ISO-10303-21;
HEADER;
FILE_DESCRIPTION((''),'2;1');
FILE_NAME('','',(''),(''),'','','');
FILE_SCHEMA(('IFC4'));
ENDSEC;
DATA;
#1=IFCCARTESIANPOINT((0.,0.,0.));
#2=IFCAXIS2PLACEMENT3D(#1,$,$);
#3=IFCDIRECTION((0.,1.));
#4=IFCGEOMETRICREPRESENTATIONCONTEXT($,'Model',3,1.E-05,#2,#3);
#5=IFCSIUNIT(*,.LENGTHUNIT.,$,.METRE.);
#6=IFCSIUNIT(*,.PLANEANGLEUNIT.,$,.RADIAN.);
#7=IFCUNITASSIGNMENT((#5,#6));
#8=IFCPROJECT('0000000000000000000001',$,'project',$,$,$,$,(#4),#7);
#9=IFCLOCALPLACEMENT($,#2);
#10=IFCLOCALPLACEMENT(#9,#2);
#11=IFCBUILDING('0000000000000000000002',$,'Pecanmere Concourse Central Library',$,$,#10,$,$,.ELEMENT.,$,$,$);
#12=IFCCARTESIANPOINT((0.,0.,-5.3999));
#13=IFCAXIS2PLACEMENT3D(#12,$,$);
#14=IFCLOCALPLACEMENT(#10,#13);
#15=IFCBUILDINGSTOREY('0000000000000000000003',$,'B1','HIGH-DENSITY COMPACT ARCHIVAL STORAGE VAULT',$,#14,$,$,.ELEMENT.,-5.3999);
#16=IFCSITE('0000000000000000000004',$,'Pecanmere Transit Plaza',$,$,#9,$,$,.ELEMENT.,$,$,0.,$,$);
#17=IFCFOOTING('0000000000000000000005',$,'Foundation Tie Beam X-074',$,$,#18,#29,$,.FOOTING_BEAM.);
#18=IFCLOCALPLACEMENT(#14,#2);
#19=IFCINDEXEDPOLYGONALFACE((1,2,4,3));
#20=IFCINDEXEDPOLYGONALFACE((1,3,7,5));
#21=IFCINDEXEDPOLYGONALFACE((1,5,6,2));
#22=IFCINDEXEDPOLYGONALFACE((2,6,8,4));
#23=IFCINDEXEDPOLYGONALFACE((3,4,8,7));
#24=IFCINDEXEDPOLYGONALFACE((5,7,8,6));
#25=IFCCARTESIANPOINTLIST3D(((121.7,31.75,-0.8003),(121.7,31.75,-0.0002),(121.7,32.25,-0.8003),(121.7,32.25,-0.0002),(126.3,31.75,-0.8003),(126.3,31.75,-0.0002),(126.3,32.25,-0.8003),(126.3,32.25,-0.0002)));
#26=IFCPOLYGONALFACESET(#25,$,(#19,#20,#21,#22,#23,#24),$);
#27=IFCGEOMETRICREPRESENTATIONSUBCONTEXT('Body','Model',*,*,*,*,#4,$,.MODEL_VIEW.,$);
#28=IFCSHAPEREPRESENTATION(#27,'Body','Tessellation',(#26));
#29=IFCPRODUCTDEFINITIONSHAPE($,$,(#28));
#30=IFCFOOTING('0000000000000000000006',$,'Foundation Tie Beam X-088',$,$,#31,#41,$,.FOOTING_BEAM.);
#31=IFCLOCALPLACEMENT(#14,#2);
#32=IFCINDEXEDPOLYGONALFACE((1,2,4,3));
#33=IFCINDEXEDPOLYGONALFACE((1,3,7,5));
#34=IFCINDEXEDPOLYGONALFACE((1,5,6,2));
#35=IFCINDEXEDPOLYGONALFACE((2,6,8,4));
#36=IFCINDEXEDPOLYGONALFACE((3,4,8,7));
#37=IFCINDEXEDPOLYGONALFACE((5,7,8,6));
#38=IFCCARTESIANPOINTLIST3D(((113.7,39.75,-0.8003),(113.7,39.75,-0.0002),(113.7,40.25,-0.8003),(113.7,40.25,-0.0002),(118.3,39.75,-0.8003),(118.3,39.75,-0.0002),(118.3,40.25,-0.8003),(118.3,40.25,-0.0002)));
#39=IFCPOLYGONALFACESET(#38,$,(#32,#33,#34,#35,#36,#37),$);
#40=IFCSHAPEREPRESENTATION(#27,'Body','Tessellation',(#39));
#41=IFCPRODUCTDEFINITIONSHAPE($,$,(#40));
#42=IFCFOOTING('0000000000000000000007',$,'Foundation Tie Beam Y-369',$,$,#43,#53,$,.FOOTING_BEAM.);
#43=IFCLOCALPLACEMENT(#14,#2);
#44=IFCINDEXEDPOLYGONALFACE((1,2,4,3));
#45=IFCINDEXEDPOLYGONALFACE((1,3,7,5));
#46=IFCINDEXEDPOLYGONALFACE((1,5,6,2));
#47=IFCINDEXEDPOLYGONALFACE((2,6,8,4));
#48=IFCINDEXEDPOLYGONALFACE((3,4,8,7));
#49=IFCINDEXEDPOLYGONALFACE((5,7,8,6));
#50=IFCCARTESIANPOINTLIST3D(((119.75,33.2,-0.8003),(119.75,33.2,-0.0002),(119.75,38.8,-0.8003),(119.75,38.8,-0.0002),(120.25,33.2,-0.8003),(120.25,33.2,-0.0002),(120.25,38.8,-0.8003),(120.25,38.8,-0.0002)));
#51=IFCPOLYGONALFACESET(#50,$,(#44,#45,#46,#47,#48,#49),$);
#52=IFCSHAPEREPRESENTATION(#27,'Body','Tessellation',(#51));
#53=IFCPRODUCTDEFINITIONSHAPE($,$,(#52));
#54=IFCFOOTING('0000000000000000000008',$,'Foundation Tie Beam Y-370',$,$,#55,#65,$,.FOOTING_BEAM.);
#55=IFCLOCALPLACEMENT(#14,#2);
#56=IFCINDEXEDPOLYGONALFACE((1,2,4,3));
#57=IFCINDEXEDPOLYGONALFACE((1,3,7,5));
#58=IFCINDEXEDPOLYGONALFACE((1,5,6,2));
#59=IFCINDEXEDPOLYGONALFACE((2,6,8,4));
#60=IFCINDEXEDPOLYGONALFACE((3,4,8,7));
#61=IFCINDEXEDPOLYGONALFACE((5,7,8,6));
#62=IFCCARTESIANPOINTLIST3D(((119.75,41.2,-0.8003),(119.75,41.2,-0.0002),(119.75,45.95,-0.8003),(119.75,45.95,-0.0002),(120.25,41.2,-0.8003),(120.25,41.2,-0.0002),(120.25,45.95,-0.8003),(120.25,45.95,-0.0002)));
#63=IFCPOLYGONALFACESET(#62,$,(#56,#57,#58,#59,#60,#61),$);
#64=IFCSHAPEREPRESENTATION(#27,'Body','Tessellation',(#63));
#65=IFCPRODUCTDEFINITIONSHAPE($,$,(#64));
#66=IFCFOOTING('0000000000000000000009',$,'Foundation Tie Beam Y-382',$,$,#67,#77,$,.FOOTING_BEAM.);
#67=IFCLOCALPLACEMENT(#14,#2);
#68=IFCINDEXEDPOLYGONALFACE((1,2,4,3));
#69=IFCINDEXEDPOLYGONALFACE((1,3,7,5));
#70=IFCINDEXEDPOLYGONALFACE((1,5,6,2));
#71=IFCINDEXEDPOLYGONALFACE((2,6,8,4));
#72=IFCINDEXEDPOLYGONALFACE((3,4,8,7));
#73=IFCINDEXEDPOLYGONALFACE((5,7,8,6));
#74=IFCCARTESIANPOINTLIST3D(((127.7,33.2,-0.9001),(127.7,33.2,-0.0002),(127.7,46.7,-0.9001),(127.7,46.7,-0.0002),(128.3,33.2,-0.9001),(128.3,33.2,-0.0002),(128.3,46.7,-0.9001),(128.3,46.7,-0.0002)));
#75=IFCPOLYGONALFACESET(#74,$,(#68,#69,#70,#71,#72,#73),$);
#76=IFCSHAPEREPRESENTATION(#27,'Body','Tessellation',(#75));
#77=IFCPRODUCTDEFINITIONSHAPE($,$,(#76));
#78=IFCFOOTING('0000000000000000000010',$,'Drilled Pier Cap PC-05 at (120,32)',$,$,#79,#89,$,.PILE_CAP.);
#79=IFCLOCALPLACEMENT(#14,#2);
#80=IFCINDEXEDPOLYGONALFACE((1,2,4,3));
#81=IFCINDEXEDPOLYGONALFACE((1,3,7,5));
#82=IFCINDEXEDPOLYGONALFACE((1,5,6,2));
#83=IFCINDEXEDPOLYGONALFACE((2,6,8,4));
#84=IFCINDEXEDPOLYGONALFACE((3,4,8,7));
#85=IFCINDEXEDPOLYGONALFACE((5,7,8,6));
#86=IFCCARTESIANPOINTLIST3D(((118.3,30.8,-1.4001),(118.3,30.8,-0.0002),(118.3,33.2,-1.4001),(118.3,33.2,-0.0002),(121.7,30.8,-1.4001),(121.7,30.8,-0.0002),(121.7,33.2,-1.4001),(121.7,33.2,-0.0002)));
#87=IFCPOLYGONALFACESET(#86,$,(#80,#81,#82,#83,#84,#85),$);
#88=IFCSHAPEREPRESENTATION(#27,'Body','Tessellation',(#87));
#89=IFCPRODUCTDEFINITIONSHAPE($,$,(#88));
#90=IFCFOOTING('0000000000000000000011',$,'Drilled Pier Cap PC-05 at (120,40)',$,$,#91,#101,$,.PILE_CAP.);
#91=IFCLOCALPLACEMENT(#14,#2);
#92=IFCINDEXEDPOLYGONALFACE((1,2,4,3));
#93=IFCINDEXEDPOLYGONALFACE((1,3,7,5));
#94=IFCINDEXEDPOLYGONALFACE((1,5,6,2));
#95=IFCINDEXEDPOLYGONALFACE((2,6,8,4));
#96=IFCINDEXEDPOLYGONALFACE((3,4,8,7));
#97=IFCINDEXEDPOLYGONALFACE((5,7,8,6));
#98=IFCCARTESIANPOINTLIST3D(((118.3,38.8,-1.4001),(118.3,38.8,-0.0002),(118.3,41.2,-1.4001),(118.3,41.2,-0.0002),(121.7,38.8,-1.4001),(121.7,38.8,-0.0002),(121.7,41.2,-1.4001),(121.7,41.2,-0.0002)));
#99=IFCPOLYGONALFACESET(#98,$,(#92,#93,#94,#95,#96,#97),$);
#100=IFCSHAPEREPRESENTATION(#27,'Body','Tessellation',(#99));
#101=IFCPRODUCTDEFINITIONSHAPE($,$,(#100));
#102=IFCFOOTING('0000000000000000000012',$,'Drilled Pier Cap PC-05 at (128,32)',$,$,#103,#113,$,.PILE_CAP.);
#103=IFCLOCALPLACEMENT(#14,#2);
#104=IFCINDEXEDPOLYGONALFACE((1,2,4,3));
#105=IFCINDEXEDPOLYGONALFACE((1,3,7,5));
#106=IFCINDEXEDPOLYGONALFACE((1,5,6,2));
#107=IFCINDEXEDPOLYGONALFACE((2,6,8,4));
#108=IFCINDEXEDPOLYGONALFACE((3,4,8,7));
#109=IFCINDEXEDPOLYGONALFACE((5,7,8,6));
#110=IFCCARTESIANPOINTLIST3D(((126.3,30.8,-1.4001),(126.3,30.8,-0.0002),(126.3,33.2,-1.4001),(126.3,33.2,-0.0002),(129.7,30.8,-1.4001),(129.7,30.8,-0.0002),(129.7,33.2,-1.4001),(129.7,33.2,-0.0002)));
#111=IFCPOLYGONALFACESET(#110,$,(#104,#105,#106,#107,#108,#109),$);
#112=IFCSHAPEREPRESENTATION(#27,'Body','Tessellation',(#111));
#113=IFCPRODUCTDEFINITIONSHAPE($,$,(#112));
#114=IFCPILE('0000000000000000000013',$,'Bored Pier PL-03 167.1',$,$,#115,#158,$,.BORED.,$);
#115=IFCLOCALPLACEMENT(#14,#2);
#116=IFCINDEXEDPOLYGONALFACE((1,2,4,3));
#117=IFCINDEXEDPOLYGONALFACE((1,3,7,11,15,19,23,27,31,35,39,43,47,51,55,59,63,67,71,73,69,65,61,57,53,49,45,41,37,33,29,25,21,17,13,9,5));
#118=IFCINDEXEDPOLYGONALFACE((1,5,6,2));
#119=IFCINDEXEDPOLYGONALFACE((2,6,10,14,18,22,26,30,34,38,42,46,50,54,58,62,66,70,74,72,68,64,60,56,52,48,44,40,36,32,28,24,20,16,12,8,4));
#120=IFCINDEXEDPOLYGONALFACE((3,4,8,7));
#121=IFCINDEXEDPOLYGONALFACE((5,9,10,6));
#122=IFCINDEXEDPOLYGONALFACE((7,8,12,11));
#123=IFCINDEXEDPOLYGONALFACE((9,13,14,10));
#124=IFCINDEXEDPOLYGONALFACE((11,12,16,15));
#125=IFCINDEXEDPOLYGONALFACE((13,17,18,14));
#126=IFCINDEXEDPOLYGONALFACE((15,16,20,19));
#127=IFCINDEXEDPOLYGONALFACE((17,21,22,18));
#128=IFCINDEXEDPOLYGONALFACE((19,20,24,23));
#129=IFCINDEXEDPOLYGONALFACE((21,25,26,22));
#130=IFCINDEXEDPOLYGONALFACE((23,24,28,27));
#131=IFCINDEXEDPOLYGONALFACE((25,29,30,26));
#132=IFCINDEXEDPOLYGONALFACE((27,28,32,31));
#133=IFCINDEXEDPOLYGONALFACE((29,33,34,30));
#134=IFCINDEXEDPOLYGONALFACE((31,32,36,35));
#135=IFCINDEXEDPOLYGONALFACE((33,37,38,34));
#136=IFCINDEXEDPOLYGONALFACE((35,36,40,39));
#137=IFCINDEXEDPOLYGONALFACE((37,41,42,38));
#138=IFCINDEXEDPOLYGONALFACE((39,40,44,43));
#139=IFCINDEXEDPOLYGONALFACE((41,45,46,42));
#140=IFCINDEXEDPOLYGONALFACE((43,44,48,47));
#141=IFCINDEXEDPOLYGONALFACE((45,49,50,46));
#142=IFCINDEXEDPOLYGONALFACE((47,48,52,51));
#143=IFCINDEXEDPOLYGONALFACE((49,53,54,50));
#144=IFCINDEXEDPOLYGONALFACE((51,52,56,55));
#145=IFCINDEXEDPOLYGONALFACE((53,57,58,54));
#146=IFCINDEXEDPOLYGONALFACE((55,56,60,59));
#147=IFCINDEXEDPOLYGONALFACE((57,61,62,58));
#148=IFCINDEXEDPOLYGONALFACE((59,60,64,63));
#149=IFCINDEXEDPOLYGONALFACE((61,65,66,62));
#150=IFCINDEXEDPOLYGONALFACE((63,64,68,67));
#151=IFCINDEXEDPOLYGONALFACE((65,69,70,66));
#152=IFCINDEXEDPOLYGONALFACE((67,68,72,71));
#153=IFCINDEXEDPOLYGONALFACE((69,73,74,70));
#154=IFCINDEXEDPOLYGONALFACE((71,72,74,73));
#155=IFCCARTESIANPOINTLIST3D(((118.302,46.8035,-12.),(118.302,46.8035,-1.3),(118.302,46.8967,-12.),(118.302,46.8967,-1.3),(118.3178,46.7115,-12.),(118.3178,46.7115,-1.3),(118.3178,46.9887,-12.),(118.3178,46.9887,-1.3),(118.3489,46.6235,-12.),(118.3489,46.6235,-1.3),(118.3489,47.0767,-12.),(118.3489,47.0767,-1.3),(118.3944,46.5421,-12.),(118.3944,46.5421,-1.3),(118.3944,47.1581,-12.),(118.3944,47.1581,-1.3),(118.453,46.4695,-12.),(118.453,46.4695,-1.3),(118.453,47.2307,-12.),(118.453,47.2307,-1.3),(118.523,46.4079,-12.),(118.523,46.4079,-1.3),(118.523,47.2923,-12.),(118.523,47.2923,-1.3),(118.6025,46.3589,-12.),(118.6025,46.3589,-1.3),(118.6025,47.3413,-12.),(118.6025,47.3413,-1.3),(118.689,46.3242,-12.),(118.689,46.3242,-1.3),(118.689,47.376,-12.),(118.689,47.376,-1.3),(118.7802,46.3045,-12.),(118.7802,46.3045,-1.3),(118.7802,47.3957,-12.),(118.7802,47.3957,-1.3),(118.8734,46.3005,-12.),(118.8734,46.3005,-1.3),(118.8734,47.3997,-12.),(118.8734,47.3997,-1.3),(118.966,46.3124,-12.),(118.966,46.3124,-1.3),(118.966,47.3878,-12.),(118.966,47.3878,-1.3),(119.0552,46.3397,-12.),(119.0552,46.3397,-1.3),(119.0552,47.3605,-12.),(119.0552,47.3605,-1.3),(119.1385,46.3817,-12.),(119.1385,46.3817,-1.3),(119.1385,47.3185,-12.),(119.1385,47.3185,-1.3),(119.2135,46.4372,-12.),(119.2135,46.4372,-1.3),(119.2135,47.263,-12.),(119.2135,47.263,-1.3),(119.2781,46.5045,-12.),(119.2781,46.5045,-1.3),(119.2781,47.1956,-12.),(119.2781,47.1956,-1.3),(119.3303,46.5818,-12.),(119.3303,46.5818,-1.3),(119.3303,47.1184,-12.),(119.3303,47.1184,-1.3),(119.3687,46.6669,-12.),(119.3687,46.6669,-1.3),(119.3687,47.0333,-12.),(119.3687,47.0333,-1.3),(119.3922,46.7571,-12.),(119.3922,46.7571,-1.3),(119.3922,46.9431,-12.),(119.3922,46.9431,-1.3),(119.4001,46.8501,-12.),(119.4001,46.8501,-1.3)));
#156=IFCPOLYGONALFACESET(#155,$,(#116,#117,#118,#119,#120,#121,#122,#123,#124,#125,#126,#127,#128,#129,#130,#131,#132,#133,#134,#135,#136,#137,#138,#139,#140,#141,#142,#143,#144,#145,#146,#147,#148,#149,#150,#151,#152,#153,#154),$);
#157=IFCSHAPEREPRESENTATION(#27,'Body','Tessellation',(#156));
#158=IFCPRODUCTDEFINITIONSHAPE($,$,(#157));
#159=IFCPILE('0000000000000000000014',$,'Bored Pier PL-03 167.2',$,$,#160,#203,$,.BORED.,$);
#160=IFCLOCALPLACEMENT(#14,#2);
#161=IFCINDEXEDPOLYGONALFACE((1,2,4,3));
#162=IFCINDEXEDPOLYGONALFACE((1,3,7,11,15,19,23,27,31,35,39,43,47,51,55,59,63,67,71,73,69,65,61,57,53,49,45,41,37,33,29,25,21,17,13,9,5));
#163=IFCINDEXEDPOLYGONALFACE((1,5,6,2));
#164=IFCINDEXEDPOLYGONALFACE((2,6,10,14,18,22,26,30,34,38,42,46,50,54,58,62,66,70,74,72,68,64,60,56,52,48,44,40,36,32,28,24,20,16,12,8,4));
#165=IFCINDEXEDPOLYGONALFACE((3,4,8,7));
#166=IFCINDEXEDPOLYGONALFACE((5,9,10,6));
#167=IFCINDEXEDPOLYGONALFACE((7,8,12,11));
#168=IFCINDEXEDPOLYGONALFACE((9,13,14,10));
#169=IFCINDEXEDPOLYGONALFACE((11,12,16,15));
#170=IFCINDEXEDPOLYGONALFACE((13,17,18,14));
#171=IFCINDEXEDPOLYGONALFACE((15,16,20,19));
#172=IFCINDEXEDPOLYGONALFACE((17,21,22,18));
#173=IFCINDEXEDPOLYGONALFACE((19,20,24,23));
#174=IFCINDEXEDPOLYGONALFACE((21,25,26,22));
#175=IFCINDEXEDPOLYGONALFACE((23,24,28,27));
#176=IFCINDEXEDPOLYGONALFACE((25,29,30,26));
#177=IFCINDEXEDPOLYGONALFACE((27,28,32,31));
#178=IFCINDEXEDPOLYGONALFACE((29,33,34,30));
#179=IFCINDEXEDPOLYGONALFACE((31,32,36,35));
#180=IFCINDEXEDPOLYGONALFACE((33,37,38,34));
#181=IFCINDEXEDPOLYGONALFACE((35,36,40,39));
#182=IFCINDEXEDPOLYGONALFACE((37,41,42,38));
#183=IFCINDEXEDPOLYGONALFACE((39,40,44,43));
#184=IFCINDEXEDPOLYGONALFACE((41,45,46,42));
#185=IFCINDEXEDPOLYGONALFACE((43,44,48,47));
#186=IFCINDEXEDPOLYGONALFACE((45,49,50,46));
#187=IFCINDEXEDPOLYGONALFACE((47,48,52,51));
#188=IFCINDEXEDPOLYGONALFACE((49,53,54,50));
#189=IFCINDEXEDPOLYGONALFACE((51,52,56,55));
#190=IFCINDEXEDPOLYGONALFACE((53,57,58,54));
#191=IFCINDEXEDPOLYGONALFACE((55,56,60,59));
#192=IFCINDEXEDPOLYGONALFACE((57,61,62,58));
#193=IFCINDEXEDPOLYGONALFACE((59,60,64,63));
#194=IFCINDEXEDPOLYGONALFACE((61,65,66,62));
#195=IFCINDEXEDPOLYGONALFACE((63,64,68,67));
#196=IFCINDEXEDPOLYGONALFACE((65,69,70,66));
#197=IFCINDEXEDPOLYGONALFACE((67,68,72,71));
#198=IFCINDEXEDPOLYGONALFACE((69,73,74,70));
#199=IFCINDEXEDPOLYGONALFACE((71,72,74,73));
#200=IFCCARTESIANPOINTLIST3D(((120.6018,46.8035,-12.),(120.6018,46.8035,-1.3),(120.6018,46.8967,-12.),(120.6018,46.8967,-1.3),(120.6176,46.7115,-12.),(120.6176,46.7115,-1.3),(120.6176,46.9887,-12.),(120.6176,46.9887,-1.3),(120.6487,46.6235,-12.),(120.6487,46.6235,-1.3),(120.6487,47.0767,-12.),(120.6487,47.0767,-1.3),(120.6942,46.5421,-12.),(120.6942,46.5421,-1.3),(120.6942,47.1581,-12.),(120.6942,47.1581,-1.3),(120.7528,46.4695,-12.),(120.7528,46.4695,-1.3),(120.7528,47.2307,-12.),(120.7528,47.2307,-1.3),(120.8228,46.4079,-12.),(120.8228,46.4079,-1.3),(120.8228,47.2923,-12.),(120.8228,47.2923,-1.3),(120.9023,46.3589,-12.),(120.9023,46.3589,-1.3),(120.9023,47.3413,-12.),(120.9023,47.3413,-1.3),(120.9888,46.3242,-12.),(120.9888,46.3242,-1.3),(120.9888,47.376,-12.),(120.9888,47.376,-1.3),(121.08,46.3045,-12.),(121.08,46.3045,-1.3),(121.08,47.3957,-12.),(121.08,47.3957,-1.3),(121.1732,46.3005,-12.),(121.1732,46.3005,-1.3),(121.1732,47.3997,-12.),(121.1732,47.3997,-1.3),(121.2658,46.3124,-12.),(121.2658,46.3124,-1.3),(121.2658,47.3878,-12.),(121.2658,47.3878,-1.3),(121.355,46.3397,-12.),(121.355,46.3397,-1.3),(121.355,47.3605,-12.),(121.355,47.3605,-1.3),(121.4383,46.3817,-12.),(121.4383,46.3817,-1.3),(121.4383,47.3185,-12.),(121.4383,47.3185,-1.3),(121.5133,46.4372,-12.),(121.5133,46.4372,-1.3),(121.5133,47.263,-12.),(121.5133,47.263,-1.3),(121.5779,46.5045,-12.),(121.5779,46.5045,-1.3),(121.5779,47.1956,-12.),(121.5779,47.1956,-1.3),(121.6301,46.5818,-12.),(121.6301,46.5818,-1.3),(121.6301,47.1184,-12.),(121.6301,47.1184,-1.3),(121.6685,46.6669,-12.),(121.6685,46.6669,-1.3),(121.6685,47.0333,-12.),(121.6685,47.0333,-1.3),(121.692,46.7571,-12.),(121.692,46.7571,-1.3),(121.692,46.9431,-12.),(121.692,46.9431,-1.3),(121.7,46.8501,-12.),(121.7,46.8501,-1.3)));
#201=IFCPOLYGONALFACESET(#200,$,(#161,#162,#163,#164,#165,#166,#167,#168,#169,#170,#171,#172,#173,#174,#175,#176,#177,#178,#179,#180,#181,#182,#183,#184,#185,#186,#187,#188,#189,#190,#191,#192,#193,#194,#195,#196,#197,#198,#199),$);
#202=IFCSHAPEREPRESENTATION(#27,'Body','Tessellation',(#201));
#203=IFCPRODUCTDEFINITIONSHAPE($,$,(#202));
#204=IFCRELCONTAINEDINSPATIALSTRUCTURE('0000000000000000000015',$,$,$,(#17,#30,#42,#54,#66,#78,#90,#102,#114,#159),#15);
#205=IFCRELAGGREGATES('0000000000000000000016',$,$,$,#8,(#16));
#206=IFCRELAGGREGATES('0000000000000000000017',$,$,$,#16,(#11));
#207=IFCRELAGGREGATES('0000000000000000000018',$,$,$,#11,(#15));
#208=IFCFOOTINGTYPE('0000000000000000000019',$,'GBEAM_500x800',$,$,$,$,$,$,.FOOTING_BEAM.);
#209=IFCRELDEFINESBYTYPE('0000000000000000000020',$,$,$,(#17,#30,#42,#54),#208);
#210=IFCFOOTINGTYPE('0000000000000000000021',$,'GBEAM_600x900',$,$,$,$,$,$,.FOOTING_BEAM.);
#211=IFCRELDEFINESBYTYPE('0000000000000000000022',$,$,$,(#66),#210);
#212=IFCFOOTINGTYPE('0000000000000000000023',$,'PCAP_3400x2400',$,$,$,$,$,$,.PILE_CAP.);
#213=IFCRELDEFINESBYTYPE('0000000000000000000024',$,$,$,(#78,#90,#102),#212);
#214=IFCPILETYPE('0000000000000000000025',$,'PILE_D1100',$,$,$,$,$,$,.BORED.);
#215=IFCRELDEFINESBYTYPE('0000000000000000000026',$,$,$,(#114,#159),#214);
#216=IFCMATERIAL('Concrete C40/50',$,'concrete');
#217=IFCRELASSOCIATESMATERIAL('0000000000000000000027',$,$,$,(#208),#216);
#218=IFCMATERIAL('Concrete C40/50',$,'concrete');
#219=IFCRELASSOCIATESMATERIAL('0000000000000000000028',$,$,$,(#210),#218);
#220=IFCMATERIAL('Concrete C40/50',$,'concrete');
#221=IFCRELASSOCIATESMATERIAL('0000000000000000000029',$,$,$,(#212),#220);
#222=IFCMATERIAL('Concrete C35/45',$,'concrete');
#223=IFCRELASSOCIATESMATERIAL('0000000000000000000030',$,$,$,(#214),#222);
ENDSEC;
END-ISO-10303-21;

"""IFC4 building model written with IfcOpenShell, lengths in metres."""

from ifc_helpers import new_model, si_unit, direction, frame, origin, origin_2d, place, context, subcontext, project, spatial, rectangle, circle, extrude, material, material_profile, profile_set, type_object, element, save


model = new_model("IFC4")

# Units and contexts
model_context = context("Model", 3, precision=1e-05, world=origin(), true_north=direction((0.0, 1.0)))
body_context = subcontext(model_context, "Body", "Model", "MODEL_VIEW")
ifc_project = project(units=[si_unit("LENGTHUNIT", "METRE"), si_unit("PLANEANGLEUNIT", "RADIAN")], contexts=[model_context])

# Site, building, storey
site_placement = place(None, origin())
site = spatial("IfcSite", under=ifc_project, at=site_placement, Name="Pecanmere Transit Plaza", CompositionType="ELEMENT", RefElevation=0.0)
building_placement = place(site_placement, origin())
building = spatial("IfcBuilding", under=site, at=building_placement, Name="Pecanmere Concourse Central Library", CompositionType="ELEMENT")
storey_placement = place(building_placement, frame((0.0, 0.0, -5.3999)))
storey = spatial("IfcBuildingStorey", under=building, at=storey_placement, Name="B1", Description="HIGH-DENSITY COMPACT ARCHIVAL STORAGE VAULT", CompositionType="ELEMENT", Elevation=-5.3999)

# Footings
ifc_material_1 = material(Name="Concrete C40/50", Category="concrete")
ifc_material_profile_1 = material_profile(ifc_material_1, rectangle(XDim=0.5, YDim=0.8, at=origin_2d()), Name="RC 500x800")
ifc_profile_set_1 = profile_set([ifc_material_profile_1], Name="Concrete C40/50")
footing_type_1 = type_object("IfcFootingType", Name="GBEAM_500x800", PredefinedType="FOOTING_BEAM", material=ifc_profile_set_1)
for number, where, z_axis, x_axis, name in (
    (1, (124.0, 32.0, -0.8003), (0.0, 0.0, 1.0), (1.0, 0.0, 0.0), "Foundation Tie Beam X-074"),
    (2, (116.0, 40.0, -0.8003), (0.0, 0.0, 1.0), (1.0, 0.0, 0.0), "Foundation Tie Beam X-088"),
):
    element("IfcFooting", number, at=place(storey_placement, frame(where, z_axis=z_axis, x_axis=x_axis)), inside=storey, type_object=footing_type_1, Name=name, PredefinedType="FOOTING_BEAM", context=body_context, shape_type="SweptSolid", body=[
        extrude(rectangle(XDim=4.6001, YDim=0.5, at=origin_2d()), origin(), (0.0, 0.0, 1.0), 0.8),
    ])
footing_1_placement = place(storey_placement, frame((120.0, 36.0, -0.8003), z_axis=(0.0, 0.0, 1.0), x_axis=(0.0, 1.0, 0.0)))
element("IfcFooting", 3, at=footing_1_placement, inside=storey, type_object=footing_type_1, Name="Foundation Tie Beam Y-369", PredefinedType="FOOTING_BEAM", context=body_context, shape_type="SweptSolid", body=[
    extrude(rectangle(XDim=5.6001, YDim=0.5, at=origin_2d()), origin(), (0.0, 0.0, 1.0), 0.8),
])
footing_2_placement = place(storey_placement, frame((120.0, 43.575, -0.8003), z_axis=(0.0, 0.0, 1.0), x_axis=(0.0, 1.0, 0.0)))
element("IfcFooting", 4, at=footing_2_placement, inside=storey, type_object=footing_type_1, Name="Foundation Tie Beam Y-370", PredefinedType="FOOTING_BEAM", context=body_context, shape_type="SweptSolid", body=[
    extrude(rectangle(XDim=4.75, YDim=0.5, at=origin_2d()), origin(), (0.0, 0.0, 1.0), 0.8),
])
ifc_material_2 = material(Name="Concrete C40/50", Category="concrete")
ifc_material_profile_2 = material_profile(ifc_material_2, rectangle(XDim=0.6001, YDim=0.8999, at=origin_2d()), Name="RC 600x900")
ifc_profile_set_2 = profile_set([ifc_material_profile_2], Name="Concrete C40/50")
footing_type_2 = type_object("IfcFootingType", Name="GBEAM_600x900", PredefinedType="FOOTING_BEAM", material=ifc_profile_set_2)
footing_3_placement = place(storey_placement, frame((128.0, 39.95, -0.9001), z_axis=(0.0, 0.0, 1.0), x_axis=(0.0, 1.0, 0.0)))
element("IfcFooting", 5, at=footing_3_placement, inside=storey, type_object=footing_type_2, Name="Foundation Tie Beam Y-382", PredefinedType="FOOTING_BEAM", context=body_context, shape_type="SweptSolid", body=[
    extrude(rectangle(XDim=13.5, YDim=0.6001, at=origin_2d()), origin(), (0.0, 0.0, 1.0), 0.8999),
])
ifc_material_3 = material(Name="Concrete C40/50", Category="concrete")
footing_type_3 = type_object("IfcFootingType", Name="PCAP_3400x2400", PredefinedType="PILE_CAP", material=ifc_material_3)
for number, where, z_axis, x_axis, name in (
    (6, (120.0, 32.0, -1.4001), (0.0, 0.0, 1.0), (1.0, 0.0, 0.0), "Drilled Pier Cap PC-05 at (120,32)"),
    (7, (120.0, 40.0, -1.4001), (0.0, 0.0, 1.0), (1.0, 0.0, 0.0), "Drilled Pier Cap PC-05 at (120,40)"),
    (8, (128.0, 32.0, -1.4001), (0.0, 0.0, 1.0), (1.0, 0.0, 0.0), "Drilled Pier Cap PC-05 at (128,32)"),
):
    element("IfcFooting", number, at=place(storey_placement, frame(where, z_axis=z_axis, x_axis=x_axis)), inside=storey, type_object=footing_type_3, Name=name, PredefinedType="PILE_CAP", context=body_context, shape_type="SweptSolid", body=[
        extrude(rectangle(XDim=3.3999, YDim=2.3999, at=origin_2d()), origin(), (0.0, 0.0, 1.0), 1.3999),
    ])

# Piles
ifc_material_4 = material(Name="Concrete C35/45", Category="concrete")
ifc_material_profile_3 = material_profile(ifc_material_4, circle(Radius=0.55, at=origin_2d()), Name="PIER D1100")
ifc_profile_set_3 = profile_set([ifc_material_profile_3], Name="Concrete C35/45")
pile_type_1 = type_object("IfcPileType", Name="PILE_D1100", PredefinedType="BORED", material=ifc_profile_set_3)
for number, where, z_axis, x_axis, name in (
    (9, (118.8501, 46.8501, -1.3), (0.0, 0.0, -1.0), (1.0, 0.0, 0.0), "Bored Pier PL-03 167.1"),
    (10, (121.1499, 46.8501, -1.3), (0.0, 0.0, -1.0), (1.0, 0.0, 0.0), "Bored Pier PL-03 167.2"),
):
    element("IfcPile", number, at=place(storey_placement, frame(where, z_axis=z_axis, x_axis=x_axis)), inside=storey, type_object=pile_type_1, Name=name, PredefinedType="BORED", context=body_context, shape_type="SweptSolid", body=[
        extrude(circle(Radius=0.55, at=origin_2d()), origin(), (0.0, 0.0, 1.0), 10.7),
    ])

save(model, "model.ifc")
